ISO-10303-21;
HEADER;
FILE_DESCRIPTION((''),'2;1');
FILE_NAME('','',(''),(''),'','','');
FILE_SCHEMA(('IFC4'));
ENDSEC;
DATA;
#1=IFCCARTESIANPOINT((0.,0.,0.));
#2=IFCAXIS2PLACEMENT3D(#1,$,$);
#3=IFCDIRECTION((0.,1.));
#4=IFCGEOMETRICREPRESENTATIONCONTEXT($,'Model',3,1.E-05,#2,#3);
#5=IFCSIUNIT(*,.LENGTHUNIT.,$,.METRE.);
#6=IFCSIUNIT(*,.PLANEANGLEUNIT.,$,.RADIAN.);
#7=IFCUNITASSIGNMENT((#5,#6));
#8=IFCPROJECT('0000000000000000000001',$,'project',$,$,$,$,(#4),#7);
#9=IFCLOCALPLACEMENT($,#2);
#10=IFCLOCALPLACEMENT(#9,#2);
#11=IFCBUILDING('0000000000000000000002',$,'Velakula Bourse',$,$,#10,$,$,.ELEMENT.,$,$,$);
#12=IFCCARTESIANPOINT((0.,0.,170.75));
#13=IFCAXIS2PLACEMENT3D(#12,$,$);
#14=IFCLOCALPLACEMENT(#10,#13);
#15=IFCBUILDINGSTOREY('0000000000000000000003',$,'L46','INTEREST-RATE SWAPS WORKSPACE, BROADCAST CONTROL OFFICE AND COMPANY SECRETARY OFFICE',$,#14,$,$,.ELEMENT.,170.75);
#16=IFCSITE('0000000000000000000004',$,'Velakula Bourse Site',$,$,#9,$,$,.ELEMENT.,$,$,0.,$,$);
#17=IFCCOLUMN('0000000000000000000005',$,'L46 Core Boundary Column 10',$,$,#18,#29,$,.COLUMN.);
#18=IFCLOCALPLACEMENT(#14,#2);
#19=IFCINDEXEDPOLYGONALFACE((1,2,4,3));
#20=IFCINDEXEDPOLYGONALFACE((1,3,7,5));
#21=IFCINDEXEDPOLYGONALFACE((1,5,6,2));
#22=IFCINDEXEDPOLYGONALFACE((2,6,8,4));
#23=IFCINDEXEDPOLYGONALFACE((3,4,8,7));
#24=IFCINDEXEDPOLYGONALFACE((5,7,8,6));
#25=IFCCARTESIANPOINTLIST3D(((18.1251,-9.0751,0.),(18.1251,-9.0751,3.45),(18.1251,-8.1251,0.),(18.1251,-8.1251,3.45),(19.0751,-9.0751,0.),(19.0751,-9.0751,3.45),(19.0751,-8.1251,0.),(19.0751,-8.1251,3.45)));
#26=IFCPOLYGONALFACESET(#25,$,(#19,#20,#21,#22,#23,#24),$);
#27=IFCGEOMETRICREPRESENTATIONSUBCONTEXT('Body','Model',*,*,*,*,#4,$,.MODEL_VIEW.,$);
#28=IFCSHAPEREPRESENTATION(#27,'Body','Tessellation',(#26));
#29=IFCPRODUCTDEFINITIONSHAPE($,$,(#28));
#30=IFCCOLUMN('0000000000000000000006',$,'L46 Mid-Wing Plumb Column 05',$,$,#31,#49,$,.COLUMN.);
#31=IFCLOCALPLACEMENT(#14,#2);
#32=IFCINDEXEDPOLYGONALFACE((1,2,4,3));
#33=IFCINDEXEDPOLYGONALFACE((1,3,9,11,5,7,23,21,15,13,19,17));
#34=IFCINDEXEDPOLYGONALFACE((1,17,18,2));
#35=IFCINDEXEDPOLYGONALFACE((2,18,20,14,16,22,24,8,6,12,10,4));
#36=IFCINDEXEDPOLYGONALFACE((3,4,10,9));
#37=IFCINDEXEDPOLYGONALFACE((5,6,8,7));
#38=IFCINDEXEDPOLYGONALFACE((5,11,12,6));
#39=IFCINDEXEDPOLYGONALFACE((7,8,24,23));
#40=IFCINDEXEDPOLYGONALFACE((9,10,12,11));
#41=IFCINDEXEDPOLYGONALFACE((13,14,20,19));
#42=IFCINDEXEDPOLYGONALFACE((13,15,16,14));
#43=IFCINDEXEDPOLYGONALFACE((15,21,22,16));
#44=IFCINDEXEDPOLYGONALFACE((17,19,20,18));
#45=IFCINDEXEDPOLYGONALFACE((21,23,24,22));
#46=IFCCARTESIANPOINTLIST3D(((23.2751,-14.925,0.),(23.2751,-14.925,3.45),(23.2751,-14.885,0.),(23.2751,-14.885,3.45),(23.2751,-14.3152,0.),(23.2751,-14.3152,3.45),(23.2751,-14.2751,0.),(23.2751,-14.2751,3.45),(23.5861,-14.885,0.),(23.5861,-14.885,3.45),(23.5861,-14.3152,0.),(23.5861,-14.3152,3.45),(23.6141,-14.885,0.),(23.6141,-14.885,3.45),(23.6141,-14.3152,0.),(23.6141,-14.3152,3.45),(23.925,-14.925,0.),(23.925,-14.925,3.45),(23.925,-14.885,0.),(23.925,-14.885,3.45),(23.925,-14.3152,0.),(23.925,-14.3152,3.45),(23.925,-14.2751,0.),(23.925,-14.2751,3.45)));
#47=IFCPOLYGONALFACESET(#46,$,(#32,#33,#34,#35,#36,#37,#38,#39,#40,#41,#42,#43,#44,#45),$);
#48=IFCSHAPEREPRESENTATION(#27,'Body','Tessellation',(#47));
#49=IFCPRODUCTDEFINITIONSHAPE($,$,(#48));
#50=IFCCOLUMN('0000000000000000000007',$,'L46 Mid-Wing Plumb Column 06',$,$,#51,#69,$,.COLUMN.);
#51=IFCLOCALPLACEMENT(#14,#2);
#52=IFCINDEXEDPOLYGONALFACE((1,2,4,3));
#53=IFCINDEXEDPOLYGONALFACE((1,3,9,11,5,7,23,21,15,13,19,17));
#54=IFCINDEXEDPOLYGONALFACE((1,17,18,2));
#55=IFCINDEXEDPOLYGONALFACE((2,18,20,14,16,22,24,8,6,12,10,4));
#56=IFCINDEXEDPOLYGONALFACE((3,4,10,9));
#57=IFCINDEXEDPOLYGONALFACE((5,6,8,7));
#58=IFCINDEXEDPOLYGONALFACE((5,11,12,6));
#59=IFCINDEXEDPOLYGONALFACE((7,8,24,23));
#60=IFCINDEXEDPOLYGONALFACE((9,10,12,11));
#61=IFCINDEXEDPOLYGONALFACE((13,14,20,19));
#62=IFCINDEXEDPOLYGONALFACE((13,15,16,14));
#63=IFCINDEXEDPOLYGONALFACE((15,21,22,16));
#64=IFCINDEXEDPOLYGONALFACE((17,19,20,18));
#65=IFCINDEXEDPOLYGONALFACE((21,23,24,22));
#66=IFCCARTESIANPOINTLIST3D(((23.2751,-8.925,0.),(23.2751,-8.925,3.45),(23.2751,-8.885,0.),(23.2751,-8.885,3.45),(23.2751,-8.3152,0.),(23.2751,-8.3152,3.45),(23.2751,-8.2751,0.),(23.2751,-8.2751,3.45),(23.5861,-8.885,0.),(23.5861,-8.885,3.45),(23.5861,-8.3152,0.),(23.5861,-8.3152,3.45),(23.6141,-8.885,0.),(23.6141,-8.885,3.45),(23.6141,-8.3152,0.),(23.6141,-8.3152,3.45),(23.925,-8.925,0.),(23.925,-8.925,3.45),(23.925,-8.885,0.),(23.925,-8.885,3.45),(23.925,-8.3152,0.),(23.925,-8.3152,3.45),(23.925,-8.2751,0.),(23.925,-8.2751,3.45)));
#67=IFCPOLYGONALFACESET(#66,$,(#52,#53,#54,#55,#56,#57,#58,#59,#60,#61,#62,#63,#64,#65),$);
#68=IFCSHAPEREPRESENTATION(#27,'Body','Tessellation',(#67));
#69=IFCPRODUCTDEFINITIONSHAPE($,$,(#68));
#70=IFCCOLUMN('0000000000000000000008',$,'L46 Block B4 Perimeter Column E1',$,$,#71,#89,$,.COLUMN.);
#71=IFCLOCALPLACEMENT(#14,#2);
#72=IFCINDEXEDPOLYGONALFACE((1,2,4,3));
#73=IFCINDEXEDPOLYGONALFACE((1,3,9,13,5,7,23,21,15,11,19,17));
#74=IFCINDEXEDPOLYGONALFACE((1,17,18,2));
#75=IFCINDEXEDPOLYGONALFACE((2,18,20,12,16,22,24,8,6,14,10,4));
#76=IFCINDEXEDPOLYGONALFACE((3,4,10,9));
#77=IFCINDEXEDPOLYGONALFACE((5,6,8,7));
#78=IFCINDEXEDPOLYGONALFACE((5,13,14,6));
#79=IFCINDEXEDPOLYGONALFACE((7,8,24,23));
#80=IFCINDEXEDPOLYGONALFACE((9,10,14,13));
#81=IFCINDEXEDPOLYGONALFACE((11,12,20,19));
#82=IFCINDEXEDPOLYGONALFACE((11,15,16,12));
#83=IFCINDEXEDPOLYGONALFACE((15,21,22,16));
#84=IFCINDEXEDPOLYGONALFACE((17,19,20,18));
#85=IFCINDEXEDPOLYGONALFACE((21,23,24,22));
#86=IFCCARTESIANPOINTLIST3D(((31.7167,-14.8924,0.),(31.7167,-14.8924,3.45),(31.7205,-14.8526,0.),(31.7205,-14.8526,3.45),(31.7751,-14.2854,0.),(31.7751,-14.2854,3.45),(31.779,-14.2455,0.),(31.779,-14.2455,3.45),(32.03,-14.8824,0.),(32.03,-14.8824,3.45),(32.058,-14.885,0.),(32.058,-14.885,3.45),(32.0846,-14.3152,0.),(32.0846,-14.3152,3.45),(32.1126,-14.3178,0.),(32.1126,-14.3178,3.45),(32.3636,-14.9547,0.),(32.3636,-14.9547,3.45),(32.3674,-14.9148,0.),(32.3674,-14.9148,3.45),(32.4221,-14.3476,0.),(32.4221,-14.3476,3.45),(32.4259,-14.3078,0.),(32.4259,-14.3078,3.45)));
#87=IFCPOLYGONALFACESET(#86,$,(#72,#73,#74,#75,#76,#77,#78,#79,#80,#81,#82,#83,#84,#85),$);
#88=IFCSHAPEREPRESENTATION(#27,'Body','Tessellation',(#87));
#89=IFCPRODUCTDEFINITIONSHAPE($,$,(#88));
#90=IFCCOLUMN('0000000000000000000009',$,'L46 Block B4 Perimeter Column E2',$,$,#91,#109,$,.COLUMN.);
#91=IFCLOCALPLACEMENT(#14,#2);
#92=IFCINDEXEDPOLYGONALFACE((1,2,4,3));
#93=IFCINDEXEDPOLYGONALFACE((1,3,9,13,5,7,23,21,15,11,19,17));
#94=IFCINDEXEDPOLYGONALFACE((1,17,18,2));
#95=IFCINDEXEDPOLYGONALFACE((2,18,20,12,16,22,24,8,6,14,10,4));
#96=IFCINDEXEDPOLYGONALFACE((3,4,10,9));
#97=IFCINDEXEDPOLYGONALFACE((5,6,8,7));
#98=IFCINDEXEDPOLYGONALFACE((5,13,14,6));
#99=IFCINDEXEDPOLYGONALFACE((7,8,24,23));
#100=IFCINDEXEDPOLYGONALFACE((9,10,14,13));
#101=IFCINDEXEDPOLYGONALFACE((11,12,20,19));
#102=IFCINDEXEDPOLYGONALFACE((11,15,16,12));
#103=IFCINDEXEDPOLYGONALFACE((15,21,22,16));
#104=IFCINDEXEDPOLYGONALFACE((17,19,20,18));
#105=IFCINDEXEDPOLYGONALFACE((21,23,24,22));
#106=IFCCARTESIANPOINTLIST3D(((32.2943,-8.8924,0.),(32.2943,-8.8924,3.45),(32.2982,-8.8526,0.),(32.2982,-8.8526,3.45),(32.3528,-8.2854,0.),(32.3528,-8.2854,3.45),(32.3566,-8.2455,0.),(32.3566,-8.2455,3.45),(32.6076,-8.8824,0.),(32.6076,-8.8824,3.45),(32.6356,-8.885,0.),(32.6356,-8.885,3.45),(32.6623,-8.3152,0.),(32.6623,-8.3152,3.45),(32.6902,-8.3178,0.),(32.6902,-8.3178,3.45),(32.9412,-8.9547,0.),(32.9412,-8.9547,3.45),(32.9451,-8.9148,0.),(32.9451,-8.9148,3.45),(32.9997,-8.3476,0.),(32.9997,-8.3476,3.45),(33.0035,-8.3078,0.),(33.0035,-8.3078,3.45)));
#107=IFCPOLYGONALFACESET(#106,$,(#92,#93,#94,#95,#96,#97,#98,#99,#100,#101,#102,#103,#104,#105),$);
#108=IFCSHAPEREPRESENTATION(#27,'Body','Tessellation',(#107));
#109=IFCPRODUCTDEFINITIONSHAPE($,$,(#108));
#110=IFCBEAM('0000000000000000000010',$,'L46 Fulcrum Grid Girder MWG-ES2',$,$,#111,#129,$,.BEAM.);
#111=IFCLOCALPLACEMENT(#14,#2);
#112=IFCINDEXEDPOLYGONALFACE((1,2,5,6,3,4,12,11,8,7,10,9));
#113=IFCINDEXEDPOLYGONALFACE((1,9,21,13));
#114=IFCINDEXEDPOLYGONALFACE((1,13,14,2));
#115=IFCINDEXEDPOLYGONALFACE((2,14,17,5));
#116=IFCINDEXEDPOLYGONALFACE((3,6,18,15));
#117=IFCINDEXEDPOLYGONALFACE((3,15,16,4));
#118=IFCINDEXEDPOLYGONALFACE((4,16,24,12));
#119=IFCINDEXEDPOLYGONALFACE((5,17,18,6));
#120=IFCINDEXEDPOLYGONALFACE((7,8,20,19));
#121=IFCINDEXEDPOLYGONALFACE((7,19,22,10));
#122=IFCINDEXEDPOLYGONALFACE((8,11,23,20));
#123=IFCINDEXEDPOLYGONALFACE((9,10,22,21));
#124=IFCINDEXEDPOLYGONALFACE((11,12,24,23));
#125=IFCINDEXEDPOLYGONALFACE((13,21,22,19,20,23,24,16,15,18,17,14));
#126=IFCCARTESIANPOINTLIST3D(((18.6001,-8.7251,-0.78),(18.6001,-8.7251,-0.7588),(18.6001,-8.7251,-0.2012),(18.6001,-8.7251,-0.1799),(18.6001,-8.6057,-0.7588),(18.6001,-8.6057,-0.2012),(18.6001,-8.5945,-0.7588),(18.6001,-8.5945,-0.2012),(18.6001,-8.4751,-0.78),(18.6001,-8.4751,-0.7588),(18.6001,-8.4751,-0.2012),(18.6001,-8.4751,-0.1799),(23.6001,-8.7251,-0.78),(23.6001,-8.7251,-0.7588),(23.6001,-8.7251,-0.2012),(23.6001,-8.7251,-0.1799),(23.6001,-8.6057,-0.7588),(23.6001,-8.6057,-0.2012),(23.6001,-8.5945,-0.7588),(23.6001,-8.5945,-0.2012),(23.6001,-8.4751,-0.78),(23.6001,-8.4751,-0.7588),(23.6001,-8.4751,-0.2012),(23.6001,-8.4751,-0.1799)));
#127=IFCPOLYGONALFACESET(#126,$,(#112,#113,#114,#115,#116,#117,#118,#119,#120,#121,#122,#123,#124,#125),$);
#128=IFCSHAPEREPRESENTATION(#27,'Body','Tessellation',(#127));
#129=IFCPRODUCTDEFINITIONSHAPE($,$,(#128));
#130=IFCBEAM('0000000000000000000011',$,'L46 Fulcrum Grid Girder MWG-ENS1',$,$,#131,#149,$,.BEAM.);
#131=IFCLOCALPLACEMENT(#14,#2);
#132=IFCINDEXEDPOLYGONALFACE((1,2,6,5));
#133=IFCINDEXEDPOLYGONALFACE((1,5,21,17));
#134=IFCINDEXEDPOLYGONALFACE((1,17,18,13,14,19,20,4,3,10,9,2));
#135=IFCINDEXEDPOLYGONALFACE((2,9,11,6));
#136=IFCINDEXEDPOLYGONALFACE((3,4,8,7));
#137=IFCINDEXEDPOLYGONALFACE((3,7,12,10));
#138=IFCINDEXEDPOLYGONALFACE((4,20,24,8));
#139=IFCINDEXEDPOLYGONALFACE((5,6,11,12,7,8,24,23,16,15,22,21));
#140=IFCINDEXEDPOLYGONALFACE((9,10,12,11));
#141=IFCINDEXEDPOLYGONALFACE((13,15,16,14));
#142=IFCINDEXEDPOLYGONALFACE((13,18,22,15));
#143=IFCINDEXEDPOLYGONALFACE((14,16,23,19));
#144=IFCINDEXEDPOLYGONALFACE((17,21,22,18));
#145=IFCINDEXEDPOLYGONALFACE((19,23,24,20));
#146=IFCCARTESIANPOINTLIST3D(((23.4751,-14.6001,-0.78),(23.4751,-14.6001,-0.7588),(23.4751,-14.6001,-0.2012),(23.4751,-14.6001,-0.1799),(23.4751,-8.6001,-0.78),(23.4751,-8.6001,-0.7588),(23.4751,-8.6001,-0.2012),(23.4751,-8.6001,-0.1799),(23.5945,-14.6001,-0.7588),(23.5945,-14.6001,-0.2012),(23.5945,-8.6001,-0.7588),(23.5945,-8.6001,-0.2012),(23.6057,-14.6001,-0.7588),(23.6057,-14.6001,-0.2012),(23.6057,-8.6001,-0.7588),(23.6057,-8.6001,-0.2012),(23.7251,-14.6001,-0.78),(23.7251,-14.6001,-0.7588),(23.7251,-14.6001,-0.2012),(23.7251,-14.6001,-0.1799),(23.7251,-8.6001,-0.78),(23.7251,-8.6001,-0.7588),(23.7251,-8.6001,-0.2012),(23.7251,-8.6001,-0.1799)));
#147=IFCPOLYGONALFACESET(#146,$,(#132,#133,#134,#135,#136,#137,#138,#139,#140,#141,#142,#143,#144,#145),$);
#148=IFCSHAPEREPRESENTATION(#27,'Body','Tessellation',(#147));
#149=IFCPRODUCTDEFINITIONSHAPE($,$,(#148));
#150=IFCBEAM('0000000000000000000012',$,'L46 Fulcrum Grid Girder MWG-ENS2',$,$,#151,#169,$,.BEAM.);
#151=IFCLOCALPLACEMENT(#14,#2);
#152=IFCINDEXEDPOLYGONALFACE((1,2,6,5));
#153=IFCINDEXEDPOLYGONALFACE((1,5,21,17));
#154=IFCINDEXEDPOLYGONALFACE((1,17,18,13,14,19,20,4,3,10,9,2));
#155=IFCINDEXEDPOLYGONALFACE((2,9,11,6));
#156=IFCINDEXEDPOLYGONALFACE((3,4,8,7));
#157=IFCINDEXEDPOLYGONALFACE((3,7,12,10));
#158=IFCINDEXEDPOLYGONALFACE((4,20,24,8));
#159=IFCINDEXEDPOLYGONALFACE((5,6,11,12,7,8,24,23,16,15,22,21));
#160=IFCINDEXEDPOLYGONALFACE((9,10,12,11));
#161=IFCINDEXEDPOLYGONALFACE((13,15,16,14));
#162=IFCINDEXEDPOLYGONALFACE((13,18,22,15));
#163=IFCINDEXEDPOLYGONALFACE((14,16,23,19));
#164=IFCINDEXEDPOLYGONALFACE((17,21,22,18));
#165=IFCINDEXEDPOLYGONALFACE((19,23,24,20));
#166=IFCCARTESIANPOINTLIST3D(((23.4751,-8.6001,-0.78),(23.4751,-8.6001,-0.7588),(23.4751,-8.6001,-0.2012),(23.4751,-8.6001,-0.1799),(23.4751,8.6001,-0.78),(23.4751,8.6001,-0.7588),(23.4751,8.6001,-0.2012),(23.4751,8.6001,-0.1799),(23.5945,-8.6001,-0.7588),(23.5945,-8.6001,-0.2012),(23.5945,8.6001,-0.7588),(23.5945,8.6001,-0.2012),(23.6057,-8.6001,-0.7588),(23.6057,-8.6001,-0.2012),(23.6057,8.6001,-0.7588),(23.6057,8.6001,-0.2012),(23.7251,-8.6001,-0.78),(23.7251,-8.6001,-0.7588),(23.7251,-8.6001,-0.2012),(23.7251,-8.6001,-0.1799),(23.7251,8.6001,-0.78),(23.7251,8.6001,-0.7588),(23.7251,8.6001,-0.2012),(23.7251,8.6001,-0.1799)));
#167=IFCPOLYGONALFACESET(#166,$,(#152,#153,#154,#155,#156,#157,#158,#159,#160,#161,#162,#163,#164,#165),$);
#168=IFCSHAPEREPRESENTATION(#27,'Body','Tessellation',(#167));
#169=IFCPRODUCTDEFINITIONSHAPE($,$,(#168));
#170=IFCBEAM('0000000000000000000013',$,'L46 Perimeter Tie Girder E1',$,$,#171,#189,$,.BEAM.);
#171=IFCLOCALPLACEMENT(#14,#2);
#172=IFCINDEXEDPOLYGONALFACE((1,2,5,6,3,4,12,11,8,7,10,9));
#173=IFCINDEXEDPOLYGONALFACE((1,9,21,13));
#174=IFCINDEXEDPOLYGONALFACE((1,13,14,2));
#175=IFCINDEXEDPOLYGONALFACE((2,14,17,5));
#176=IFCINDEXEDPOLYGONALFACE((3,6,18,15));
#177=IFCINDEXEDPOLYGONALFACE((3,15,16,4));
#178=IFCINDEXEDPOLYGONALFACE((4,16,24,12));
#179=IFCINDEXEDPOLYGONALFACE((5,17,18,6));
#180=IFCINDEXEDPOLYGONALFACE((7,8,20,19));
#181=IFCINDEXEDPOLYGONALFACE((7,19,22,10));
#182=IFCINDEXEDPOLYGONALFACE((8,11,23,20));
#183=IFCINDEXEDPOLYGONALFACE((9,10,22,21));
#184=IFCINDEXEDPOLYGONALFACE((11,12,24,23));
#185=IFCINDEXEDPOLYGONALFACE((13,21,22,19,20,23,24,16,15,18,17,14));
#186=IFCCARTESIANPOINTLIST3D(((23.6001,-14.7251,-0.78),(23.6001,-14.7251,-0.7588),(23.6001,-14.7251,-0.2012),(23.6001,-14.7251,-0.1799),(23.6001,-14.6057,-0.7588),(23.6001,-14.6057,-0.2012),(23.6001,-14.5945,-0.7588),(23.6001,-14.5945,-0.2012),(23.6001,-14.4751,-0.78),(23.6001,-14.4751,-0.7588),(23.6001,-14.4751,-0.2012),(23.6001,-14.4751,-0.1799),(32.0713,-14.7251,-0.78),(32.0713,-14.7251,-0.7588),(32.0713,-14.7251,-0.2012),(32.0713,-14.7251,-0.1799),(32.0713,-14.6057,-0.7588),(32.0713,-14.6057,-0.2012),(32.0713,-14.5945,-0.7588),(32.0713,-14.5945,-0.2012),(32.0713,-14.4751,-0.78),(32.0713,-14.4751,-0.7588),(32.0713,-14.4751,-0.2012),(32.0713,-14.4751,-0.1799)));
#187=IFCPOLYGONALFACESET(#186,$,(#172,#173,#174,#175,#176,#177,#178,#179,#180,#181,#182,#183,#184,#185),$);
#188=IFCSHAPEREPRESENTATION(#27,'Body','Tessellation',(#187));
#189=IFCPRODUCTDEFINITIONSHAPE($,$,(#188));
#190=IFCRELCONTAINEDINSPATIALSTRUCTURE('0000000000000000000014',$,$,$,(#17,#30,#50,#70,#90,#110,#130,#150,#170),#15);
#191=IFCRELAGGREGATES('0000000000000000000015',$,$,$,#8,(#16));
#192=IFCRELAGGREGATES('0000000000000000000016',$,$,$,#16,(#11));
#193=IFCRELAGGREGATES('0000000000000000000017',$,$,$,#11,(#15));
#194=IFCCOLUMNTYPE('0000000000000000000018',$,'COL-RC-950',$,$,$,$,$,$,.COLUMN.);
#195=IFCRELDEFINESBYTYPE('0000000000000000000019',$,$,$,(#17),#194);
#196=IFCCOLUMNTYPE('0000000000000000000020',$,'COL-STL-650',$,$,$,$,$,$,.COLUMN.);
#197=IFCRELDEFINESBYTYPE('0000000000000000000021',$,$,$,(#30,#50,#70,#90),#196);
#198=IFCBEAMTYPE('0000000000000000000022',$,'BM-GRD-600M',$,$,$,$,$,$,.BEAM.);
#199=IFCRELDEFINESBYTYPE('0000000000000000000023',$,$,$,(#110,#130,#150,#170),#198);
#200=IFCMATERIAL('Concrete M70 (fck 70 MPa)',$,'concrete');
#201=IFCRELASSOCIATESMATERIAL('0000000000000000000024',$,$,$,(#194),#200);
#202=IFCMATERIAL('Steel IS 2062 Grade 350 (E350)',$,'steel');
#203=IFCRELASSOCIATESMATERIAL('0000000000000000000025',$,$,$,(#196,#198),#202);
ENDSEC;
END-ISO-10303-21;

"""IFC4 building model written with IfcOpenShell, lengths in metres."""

from ifc_helpers import new_model, si_unit, direction, frame, origin, origin_2d, place, context, subcontext, project, spatial, rectangle, i_section, extrude, material, material_profile, profile_set, type_object, element, save


model = new_model("IFC4")

# Units and contexts
model_context = context("Model", 3, precision=1e-05, world=origin(), true_north=direction((0.0, 1.0)))
body_context = subcontext(model_context, "Body", "Model", "MODEL_VIEW")
ifc_project = project(units=[si_unit("LENGTHUNIT", "METRE"), si_unit("PLANEANGLEUNIT", "RADIAN")], contexts=[model_context])

# Site, building, storey
site_placement = place(None, origin())
site = spatial("IfcSite", under=ifc_project, at=site_placement, Name="Velakula Bourse Site", CompositionType="ELEMENT", RefElevation=0.0)
building_placement = place(site_placement, origin())
building = spatial("IfcBuilding", under=site, at=building_placement, Name="Velakula Bourse", CompositionType="ELEMENT")
storey_placement = place(building_placement, frame((0.0, 0.0, 170.75)))
storey = spatial("IfcBuildingStorey", under=building, at=storey_placement, Name="L46", Description="INTEREST-RATE SWAPS WORKSPACE, BROADCAST CONTROL OFFICE AND COMPANY SECRETARY OFFICE", CompositionType="ELEMENT", Elevation=170.75)

# Columns
ifc_material_1 = material(Name="Concrete M70 (fck 70 MPa)", Category="concrete")
ifc_material_profile_1 = material_profile(ifc_material_1, rectangle(XDim=0.95, YDim=0.95, at=origin_2d()), Name="Concrete M70 (fck 70 MPa)")
ifc_profile_set_1 = profile_set([ifc_material_profile_1], Name="Concrete M70 (fck 70 MPa)")
column_type_1 = type_object("IfcColumnType", Name="COL-RC-950", PredefinedType="COLUMN", material=ifc_profile_set_1)
column_placement = place(storey_placement, frame((18.6001, -8.6001, 0.0), z_axis=(0.0, 0.0, 1.0), x_axis=(1.0, 0.0, 0.0)))
element("IfcColumn", 1, at=column_placement, inside=storey, type_object=column_type_1, Name="L46 Core Boundary Column 10", PredefinedType="COLUMN", context=body_context, shape_type="SweptSolid", body=[
    extrude(rectangle(XDim=0.95, YDim=0.95, at=origin_2d()), origin(), (0.0, 0.0, 1.0), 3.45),
])
ifc_material_2 = material(Name="Steel IS 2062 Grade 350 (E350)", Category="steel")
ifc_material_profile_2 = material_profile(ifc_material_2, i_section(OverallWidth=0.6499, OverallDepth=0.6499, WebThickness=0.0281, FlangeThickness=0.04, at=origin_2d()), Name="Steel IS 2062 Grade 350 (E350)")
ifc_profile_set_2 = profile_set([ifc_material_profile_2], Name="Steel IS 2062 Grade 350 (E350)")
column_type_2 = type_object("IfcColumnType", Name="COL-STL-650", PredefinedType="COLUMN", material=ifc_profile_set_2)
for number, where, z_axis, x_axis, name in (
    (2, (23.6001, -14.6001, 0.0), (0.0, 0.0, 1.0), (1.0, 0.0, 0.0), "L46 Mid-Wing Plumb Column 05"),
    (3, (23.6001, -8.6001, 0.0), (0.0, 0.0, 1.0), (1.0, 0.0, 0.0), "L46 Mid-Wing Plumb Column 06"),
    (4, (32.0713, -14.6001, 0.0), (0.0, 0.0, 1.0), (0.995396, -0.095846, 0.0), "L46 Block B4 Perimeter Column E1"),
    (5, (32.6489, -8.6001, 0.0), (0.0, 0.0, 1.0), (0.995396, -0.095846, 0.0), "L46 Block B4 Perimeter Column E2"),
):
    element("IfcColumn", number, at=place(storey_placement, frame(where, z_axis=z_axis, x_axis=x_axis)), inside=storey, type_object=column_type_2, Name=name, PredefinedType="COLUMN", context=body_context, shape_type="SweptSolid", body=[
        extrude(i_section(OverallWidth=0.6499, OverallDepth=0.6499, WebThickness=0.0281, FlangeThickness=0.04, at=origin_2d()), origin(), (0.0, 0.0, 1.0), 3.45),
    ])

# Beams
ifc_material_profile_3 = material_profile(ifc_material_2, i_section(OverallWidth=0.25, OverallDepth=0.6001, WebThickness=0.0112, FlangeThickness=0.0212, at=origin_2d()), Name="Steel IS 2062 Grade 350 (E350)")
ifc_profile_set_3 = profile_set([ifc_material_profile_3], Name="Steel IS 2062 Grade 350 (E350)")
beam_type_1 = type_object("IfcBeamType", Name="BM-GRD-600M", PredefinedType="BEAM", material=ifc_profile_set_3)
beam_1_placement = place(storey_placement, frame((18.6001, -8.6001, -0.48), z_axis=(1.0, 0.0, 0.0), x_axis=(0.0, 1.0, 0.0)))
element("IfcBeam", 6, at=beam_1_placement, inside=storey, type_object=beam_type_1, Name="L46 Fulcrum Grid Girder MWG-ES2", PredefinedType="BEAM", context=body_context, shape_type="SweptSolid", body=[
    extrude(i_section(OverallWidth=0.25, OverallDepth=0.6001, WebThickness=0.0112, FlangeThickness=0.0212, at=origin_2d()), origin(), (0.0, 0.0, 1.0), 5.0),
])
beam_2_placement = place(storey_placement, frame((23.6001, -14.6001, -0.48), z_axis=(0.0, 1.0, 0.0), x_axis=(-1.0, 0.0, 0.0)))
element("IfcBeam", 7, at=beam_2_placement, inside=storey, type_object=beam_type_1, Name="L46 Fulcrum Grid Girder MWG-ENS1", PredefinedType="BEAM", context=body_context, shape_type="SweptSolid", body=[
    extrude(i_section(OverallWidth=0.25, OverallDepth=0.6001, WebThickness=0.0112, FlangeThickness=0.0212, at=origin_2d()), origin(), (0.0, 0.0, 1.0), 6.0),
])
beam_3_placement = place(storey_placement, frame((23.6001, -8.6001, -0.48), z_axis=(0.0, 1.0, 0.0), x_axis=(-1.0, 0.0, 0.0)))
element("IfcBeam", 8, at=beam_3_placement, inside=storey, type_object=beam_type_1, Name="L46 Fulcrum Grid Girder MWG-ENS2", PredefinedType="BEAM", context=body_context, shape_type="SweptSolid", body=[
    extrude(i_section(OverallWidth=0.25, OverallDepth=0.6001, WebThickness=0.0112, FlangeThickness=0.0212, at=origin_2d()), origin(), (0.0, 0.0, 1.0), 17.2002),
])
beam_4_placement = place(storey_placement, frame((23.6001, -14.6001, -0.48), z_axis=(1.0, 0.0, 0.0), x_axis=(0.0, 1.0, 0.0)))
element("IfcBeam", 9, at=beam_4_placement, inside=storey, type_object=beam_type_1, Name="L46 Perimeter Tie Girder E1", PredefinedType="BEAM", context=body_context, shape_type="SweptSolid", body=[
    extrude(i_section(OverallWidth=0.25, OverallDepth=0.6001, WebThickness=0.0112, FlangeThickness=0.0212, at=origin_2d()), origin(), (0.0, 0.0, 1.0), 8.4712),
])

save(model, "model.ifc")
